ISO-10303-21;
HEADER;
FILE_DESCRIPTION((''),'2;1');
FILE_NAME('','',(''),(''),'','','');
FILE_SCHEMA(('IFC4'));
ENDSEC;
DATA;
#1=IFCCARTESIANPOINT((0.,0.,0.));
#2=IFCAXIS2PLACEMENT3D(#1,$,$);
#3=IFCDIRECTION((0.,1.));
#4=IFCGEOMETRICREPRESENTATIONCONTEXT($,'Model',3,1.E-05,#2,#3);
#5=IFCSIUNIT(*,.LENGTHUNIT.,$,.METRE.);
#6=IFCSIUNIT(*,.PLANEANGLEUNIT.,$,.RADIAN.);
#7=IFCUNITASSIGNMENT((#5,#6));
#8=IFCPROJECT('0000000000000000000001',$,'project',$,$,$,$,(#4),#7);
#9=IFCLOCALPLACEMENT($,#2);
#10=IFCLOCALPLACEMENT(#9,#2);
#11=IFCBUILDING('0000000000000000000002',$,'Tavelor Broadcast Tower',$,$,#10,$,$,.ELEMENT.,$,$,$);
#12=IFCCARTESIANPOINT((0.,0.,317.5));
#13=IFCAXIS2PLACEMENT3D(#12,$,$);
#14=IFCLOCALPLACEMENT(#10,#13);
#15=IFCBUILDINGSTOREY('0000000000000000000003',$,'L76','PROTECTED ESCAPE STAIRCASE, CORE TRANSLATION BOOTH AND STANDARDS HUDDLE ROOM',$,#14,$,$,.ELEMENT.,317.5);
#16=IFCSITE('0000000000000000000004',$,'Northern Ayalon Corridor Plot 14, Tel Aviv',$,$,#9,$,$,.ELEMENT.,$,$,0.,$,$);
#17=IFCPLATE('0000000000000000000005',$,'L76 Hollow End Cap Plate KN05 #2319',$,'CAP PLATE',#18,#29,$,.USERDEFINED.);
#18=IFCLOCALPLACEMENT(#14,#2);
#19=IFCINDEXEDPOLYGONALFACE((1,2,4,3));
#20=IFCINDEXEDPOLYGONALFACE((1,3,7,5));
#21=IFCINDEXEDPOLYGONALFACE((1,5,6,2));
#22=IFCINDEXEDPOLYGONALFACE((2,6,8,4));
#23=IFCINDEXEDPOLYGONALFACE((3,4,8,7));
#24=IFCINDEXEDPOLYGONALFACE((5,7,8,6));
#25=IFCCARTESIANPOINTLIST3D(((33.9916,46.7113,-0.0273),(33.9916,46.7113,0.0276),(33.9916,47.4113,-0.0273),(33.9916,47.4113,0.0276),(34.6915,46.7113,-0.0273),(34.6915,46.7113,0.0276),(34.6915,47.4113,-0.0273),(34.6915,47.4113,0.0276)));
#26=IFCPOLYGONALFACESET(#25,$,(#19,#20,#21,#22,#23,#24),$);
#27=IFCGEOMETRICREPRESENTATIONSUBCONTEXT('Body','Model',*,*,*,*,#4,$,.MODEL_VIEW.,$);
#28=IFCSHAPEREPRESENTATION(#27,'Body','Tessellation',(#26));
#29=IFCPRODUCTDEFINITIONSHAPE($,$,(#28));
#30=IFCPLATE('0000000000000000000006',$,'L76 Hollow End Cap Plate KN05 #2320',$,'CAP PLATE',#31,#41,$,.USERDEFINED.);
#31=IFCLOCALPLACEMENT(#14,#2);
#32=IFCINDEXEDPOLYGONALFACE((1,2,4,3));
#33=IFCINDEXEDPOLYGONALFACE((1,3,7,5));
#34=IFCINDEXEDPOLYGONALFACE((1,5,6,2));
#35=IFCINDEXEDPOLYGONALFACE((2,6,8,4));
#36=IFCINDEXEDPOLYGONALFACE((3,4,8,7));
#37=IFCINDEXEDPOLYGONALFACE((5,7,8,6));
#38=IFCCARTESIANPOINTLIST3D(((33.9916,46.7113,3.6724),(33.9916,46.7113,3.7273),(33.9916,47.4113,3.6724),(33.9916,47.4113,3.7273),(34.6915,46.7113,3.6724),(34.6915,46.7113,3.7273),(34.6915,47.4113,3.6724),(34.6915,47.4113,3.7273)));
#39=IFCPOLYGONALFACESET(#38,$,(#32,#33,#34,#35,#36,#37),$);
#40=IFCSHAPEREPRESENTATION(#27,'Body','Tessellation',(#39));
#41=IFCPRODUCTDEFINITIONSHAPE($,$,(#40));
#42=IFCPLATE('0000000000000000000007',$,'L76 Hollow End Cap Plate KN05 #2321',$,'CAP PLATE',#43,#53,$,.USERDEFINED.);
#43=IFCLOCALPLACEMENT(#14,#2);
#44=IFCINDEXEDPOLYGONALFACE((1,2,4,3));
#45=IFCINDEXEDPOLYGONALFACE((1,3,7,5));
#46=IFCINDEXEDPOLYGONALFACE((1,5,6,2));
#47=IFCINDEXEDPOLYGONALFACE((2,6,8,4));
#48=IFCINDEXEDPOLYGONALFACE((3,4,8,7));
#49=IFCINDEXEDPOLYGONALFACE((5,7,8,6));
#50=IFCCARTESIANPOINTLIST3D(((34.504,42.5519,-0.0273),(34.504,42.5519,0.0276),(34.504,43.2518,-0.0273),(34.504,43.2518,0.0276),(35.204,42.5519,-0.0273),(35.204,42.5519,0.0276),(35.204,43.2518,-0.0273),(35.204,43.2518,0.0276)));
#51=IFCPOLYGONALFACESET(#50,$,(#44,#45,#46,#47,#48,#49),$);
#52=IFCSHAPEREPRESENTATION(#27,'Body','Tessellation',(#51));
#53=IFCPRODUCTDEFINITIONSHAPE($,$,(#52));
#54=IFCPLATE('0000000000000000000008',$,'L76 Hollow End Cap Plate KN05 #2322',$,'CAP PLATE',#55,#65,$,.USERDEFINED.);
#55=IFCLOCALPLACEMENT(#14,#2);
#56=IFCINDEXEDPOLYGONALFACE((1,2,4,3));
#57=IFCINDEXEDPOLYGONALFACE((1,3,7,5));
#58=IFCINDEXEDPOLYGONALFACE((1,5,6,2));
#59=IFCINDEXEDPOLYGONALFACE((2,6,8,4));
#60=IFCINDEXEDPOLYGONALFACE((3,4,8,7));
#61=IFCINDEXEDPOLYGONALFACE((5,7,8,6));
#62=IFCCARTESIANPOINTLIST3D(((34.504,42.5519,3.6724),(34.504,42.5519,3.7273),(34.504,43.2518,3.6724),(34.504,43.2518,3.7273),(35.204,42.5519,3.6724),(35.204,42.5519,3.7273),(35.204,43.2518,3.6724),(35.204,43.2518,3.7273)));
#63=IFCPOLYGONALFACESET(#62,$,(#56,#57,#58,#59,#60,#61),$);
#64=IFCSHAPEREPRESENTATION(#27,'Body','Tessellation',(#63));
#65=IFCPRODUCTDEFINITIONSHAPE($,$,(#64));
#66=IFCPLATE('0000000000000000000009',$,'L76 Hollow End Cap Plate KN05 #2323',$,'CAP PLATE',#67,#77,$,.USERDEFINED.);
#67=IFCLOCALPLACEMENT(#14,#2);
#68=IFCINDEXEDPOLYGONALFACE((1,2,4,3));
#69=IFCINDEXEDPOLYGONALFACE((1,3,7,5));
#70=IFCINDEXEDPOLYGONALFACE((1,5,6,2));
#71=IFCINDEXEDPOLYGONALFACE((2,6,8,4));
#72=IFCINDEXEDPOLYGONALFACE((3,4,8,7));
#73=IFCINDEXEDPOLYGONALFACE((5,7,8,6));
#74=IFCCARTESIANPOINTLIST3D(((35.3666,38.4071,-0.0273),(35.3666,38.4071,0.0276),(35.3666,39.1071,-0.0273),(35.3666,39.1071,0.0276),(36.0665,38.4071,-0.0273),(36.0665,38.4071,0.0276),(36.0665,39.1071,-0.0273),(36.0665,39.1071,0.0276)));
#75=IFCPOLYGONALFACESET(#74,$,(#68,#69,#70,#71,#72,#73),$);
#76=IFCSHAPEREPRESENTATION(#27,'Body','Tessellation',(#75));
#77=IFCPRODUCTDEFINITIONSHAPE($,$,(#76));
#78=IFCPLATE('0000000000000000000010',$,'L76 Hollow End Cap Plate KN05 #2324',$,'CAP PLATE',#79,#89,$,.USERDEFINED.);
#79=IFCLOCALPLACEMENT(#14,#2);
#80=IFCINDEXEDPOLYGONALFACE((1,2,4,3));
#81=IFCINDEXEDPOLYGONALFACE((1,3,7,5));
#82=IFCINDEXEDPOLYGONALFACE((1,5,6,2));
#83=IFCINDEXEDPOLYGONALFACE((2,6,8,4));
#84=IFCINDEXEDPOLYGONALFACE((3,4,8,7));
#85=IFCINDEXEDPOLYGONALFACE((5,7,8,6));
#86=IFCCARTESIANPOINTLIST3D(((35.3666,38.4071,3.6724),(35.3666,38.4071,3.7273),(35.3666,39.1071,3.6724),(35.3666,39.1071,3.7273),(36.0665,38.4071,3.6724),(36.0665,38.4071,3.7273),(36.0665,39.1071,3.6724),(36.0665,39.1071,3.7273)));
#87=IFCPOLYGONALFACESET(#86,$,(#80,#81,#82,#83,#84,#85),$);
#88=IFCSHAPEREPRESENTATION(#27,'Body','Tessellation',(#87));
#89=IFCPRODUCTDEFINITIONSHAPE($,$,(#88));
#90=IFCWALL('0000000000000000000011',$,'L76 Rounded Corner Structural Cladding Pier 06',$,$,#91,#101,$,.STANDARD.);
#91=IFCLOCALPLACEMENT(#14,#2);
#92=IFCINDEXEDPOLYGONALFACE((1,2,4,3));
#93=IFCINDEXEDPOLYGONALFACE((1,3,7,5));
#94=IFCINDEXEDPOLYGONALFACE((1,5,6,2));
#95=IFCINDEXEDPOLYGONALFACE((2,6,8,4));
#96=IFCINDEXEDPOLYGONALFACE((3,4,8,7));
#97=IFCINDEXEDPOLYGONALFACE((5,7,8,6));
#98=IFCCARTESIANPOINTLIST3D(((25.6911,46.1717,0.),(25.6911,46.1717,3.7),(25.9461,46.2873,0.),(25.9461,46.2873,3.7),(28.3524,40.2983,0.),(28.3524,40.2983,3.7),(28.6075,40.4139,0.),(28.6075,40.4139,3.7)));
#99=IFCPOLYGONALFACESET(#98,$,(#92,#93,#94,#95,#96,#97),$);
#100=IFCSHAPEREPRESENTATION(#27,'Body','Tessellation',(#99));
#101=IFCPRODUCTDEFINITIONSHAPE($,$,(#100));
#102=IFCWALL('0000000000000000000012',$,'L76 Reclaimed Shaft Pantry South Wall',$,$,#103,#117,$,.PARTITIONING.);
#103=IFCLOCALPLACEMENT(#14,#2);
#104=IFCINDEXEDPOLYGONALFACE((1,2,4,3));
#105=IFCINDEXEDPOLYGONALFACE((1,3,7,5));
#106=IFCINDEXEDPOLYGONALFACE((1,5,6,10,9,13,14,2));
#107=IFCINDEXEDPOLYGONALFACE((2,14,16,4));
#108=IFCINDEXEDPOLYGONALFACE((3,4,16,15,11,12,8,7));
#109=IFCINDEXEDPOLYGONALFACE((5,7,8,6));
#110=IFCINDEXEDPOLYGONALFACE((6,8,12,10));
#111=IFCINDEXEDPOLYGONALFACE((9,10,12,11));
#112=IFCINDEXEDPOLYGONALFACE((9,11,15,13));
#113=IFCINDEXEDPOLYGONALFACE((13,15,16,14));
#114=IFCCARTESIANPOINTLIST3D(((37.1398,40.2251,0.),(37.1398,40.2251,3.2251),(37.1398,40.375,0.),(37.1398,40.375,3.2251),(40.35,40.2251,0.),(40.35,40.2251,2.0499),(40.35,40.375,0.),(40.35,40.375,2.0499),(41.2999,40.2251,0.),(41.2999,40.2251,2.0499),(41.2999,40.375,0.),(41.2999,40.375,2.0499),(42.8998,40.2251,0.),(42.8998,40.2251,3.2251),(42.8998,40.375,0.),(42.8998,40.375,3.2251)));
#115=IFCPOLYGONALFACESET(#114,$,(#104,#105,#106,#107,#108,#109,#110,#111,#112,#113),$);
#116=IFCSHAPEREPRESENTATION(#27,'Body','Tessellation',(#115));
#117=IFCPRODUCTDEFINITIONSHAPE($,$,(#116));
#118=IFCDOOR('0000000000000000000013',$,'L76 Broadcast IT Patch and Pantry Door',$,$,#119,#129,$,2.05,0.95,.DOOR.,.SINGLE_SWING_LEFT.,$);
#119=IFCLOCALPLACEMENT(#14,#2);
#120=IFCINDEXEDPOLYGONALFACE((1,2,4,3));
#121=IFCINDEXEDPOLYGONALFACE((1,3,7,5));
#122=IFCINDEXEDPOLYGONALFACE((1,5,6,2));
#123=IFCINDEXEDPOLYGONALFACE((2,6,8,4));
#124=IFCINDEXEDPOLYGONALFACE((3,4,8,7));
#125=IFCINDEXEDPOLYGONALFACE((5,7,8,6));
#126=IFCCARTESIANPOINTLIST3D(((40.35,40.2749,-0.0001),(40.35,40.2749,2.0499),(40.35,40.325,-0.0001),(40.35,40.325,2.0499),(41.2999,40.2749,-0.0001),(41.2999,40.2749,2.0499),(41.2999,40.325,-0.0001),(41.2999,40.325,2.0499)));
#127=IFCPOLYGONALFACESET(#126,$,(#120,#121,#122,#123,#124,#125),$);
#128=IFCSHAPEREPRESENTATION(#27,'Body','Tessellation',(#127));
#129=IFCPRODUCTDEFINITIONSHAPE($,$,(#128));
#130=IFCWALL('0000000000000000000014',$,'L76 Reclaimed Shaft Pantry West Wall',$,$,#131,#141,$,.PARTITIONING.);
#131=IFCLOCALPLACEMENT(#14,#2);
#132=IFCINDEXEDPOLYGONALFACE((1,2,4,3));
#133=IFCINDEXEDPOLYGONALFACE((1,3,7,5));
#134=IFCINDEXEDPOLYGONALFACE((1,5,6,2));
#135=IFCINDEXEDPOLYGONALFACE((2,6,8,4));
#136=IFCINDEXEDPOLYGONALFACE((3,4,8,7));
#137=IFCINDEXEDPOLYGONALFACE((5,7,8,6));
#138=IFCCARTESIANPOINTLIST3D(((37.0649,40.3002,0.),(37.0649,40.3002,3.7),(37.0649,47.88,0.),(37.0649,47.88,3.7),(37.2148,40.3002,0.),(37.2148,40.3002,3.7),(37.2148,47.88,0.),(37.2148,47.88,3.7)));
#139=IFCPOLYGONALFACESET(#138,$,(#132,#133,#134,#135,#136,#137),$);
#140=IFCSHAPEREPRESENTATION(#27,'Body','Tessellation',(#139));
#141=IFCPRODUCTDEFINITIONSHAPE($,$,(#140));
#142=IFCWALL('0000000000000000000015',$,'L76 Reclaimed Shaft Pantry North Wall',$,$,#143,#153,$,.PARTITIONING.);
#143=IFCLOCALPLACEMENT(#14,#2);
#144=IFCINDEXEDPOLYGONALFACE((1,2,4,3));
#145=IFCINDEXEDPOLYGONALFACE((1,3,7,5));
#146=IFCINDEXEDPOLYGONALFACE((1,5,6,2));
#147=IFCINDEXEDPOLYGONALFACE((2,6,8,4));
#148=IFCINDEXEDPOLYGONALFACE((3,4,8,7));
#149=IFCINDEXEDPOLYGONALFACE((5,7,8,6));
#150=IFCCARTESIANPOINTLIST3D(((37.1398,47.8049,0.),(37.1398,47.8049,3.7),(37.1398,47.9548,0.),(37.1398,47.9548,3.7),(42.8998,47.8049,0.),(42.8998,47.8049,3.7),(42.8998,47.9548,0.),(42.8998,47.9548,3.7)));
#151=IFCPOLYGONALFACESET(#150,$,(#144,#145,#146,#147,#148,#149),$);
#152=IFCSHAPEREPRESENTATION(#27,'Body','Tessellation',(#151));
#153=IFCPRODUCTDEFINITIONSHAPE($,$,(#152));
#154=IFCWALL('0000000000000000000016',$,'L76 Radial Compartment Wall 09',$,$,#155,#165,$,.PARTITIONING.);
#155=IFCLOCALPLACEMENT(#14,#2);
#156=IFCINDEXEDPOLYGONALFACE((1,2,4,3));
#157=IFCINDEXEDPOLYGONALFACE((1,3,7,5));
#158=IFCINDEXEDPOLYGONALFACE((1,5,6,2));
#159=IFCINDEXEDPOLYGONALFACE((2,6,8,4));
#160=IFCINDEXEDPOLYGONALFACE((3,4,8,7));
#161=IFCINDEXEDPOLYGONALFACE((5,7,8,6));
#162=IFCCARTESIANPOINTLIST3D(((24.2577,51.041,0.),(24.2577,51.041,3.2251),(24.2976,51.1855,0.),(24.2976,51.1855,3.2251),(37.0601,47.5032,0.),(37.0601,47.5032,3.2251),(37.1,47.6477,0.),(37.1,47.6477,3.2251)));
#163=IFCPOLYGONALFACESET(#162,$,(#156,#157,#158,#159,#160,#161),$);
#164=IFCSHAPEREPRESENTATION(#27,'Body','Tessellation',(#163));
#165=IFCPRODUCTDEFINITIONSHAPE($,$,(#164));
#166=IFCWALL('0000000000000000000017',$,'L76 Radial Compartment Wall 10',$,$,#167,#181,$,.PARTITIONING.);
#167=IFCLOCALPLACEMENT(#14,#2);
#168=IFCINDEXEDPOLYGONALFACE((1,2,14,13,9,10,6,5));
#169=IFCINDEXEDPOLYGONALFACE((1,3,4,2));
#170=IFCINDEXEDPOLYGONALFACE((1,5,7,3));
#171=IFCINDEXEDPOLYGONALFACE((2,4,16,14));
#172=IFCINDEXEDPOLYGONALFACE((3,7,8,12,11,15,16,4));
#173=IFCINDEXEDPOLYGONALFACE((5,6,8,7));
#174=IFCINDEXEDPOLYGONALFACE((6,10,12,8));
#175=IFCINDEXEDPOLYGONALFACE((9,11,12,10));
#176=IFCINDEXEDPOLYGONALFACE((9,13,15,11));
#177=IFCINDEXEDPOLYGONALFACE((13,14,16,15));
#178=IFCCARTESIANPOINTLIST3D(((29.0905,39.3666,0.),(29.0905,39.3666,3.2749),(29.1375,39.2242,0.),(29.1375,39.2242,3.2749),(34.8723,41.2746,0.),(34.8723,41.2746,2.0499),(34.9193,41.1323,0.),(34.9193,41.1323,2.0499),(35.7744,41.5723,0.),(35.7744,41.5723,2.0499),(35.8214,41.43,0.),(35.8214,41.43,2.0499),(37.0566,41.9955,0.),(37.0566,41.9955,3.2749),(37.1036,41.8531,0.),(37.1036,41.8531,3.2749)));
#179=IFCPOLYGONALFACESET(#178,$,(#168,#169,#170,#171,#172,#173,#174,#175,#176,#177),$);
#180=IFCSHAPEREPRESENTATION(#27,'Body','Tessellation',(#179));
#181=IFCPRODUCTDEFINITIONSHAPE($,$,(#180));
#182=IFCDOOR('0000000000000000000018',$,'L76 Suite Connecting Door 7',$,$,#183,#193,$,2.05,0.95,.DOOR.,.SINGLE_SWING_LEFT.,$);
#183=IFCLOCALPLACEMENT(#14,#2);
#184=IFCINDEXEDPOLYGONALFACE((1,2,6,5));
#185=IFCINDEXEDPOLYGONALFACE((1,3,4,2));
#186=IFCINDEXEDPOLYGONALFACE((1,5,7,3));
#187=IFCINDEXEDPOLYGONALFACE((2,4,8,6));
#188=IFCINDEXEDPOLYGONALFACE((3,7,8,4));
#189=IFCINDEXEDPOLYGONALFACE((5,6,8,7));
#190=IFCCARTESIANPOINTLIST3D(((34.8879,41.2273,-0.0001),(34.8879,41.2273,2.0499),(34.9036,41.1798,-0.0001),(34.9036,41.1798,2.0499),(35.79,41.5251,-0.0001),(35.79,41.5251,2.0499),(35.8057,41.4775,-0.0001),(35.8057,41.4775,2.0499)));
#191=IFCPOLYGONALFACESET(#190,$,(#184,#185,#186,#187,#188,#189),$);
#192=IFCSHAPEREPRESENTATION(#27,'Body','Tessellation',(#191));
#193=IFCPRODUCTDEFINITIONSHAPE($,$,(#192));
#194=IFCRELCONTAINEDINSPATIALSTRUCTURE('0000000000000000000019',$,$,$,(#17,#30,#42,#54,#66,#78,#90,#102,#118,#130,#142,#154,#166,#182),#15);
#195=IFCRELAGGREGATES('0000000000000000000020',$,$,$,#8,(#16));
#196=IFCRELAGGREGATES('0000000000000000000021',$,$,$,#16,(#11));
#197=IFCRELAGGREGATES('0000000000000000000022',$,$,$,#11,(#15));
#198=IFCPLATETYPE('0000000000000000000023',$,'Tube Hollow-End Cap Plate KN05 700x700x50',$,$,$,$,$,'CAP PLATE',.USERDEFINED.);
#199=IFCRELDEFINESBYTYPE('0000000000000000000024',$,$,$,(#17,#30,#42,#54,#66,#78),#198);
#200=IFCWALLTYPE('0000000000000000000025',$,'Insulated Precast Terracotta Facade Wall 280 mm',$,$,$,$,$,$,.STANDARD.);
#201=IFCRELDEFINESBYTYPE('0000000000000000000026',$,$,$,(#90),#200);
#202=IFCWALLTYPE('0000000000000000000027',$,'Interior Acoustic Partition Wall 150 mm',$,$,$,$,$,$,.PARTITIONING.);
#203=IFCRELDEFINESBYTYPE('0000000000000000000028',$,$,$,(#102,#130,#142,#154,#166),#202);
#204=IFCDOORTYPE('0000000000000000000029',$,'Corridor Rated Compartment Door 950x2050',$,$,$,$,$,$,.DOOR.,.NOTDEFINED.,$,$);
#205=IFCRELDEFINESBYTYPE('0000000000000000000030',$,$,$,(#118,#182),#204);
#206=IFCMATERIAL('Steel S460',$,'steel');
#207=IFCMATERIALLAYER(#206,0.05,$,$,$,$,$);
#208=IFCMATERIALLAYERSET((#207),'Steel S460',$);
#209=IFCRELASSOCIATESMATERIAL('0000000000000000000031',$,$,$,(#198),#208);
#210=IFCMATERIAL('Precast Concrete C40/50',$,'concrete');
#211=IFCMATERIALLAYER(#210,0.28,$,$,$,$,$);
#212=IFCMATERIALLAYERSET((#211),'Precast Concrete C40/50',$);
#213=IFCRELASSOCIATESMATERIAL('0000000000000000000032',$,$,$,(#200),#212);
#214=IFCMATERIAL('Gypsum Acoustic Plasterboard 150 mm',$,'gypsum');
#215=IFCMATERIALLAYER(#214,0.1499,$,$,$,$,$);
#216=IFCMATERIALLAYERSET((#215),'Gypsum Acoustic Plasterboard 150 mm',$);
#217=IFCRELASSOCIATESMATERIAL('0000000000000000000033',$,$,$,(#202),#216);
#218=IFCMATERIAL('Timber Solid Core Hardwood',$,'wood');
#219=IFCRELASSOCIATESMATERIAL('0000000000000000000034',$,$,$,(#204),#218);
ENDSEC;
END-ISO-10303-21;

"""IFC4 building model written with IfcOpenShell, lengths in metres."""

from ifc_helpers import new_model, si_unit, direction, frame, frame_2d, origin, origin_2d, place, context, subcontext, project, spatial, rectangle, extrude, source, transform, mapped, material, layer, layer_set, type_object, type_shapes, element, fill, save


model = new_model("IFC4")

# Units and contexts
model_context = context("Model", 3, precision=1e-05, world=origin(), true_north=direction((0.0, 1.0)))
body_context = subcontext(model_context, "Body", "Model", "MODEL_VIEW")
ifc_project = project(units=[si_unit("LENGTHUNIT", "METRE"), si_unit("PLANEANGLEUNIT", "RADIAN")], contexts=[model_context])

# Site, building, storey
site_placement = place(None, origin())
site = spatial("IfcSite", under=ifc_project, at=site_placement, Name="Northern Ayalon Corridor Plot 14, Tel Aviv", CompositionType="ELEMENT", RefElevation=0.0)
building_placement = place(site_placement, origin())
building = spatial("IfcBuilding", under=site, at=building_placement, Name="Tavelor Broadcast Tower", CompositionType="ELEMENT")
storey_placement = place(building_placement, frame((0.0, 0.0, 317.5)))
storey = spatial("IfcBuildingStorey", under=building, at=storey_placement, Name="L76", Description="PROTECTED ESCAPE STAIRCASE, CORE TRANSLATION BOOTH AND STANDARDS HUDDLE ROOM", CompositionType="ELEMENT", Elevation=317.5)

# Shared definitions
ifc_material_1 = material(Name="Steel S460", Category="steel")

# Plates
ifc_layer_1 = layer(ifc_material_1, 0.05)
ifc_layer_set_1 = layer_set([ifc_layer_1], Name="Steel S460")
plate_type = type_object("IfcPlateType", Name="Tube Hollow-End Cap Plate KN05 700x700x50", ElementType="CAP PLATE", PredefinedType="USERDEFINED", material=ifc_layer_set_1)
shared_shape_1 = source(origin(), body_context, "Body", "SweptSolid", [
    extrude(rectangle(XDim=0.7, YDim=0.7, at=origin_2d()), origin(), (0.0, 0.0, 1.0), 0.0549),
])
type_shapes(plate_type, [shared_shape_1])
for number, where, z_axis, x_axis, name in (
    (1, (34.3416, 47.0613, -0.0273), (0.0, 0.0, 1.0), (1.0, 0.0, 0.0), "L76 Hollow End Cap Plate KN05 #2319"),
    (2, (34.3416, 47.0613, 3.6724), (0.0, 0.0, 1.0), (1.0, 0.0, 0.0), "L76 Hollow End Cap Plate KN05 #2320"),
    (3, (34.854, 42.9019, -0.0273), (0.0, 0.0, 1.0), (1.0, 0.0, 0.0), "L76 Hollow End Cap Plate KN05 #2321"),
    (4, (34.854, 42.9019, 3.6724), (0.0, 0.0, 1.0), (1.0, 0.0, 0.0), "L76 Hollow End Cap Plate KN05 #2322"),
    (5, (35.7166, 38.7571, -0.0273), (0.0, 0.0, 1.0), (1.0, 0.0, 0.0), "L76 Hollow End Cap Plate KN05 #2323"),
    (6, (35.7166, 38.7571, 3.6724), (0.0, 0.0, 1.0), (1.0, 0.0, 0.0), "L76 Hollow End Cap Plate KN05 #2324"),
):
    element("IfcPlate", number, at=place(storey_placement, frame(where, z_axis=z_axis, x_axis=x_axis)), inside=storey, type_object=plate_type, Name=name, ObjectType="CAP PLATE", PredefinedType="USERDEFINED", context=body_context, shape_type="MappedRepresentation", body=[
        mapped(shared_shape_1, transform((0.0, 0.0, 0.0), scale=1.0)),
    ])

# Wall
ifc_material_2 = material(Name="Precast Concrete C40/50", Category="concrete")
ifc_layer_2 = layer(ifc_material_2, 0.28)
ifc_layer_set_2 = layer_set([ifc_layer_2], Name="Precast Concrete C40/50")
wall_type_1 = type_object("IfcWallType", Name="Insulated Precast Terracotta Facade Wall 280 mm", PredefinedType="STANDARD", material=ifc_layer_set_2)
wall_1_placement = place(storey_placement, frame((25.8186, 46.2295, 0.0), z_axis=(0.0, 0.0, 1.0), x_axis=(0.412722, -0.910857, 0.0)))
element("IfcWall", 7, at=wall_1_placement, inside=storey, type_object=wall_type_1, Name="L76 Rounded Corner Structural Cladding Pier 06", PredefinedType="STANDARD", context=body_context, shape_type="SweptSolid", body=[
    extrude(rectangle(XDim=6.4482, YDim=0.28, at=frame_2d((3.2241, 0.0))), origin(), (0.0, 0.0, 1.0), 3.7),
])

# Wall, opening, door
ifc_material_3 = material(Name="Gypsum Acoustic Plasterboard 150 mm", Category="gypsum")
ifc_layer_3 = layer(ifc_material_3, 0.1499)
ifc_layer_set_3 = layer_set([ifc_layer_3], Name="Gypsum Acoustic Plasterboard 150 mm")
wall_type_2 = type_object("IfcWallType", Name="Interior Acoustic Partition Wall 150 mm", PredefinedType="PARTITIONING", material=ifc_layer_set_3)
wall_2_placement = place(storey_placement, frame((37.1399, 40.3, 0.0), z_axis=(0.0, 0.0, 1.0), x_axis=(1.0, 0.0, 0.0)))
wall_2 = element("IfcWall", 8, at=wall_2_placement, inside=storey, type_object=wall_type_2, Name="L76 Reclaimed Shaft Pantry South Wall", PredefinedType="PARTITIONING", context=body_context, shape_type="SweptSolid", body=[
    extrude(rectangle(XDim=5.76, YDim=0.1499, at=frame_2d((2.8799, 0.0))), origin(), (0.0, 0.0, 1.0), 3.2251),
])
opening_1_placement = place(wall_2_placement, frame((3.21, 0.0, 0.0)))
opening_1 = element("IfcOpeningElement", 9, at=opening_1_placement, cuts=wall_2, PredefinedType="OPENING", context=body_context, shape_type="SweptSolid", body=[
    extrude(rectangle(XDim=0.95, YDim=2.05, at=frame_2d((0.4751, 1.0249))), frame((0.0, 0.085, 0.0), z_axis=(0.0, -1.0, 0.0), x_axis=(1.0, 0.0, 0.0)), (0.0, 0.0, 1.0), 0.1699),
])
ifc_material_4 = material(Name="Timber Solid Core Hardwood", Category="wood")
door_type = type_object("IfcDoorType", Name="Corridor Rated Compartment Door 950x2050", OperationType="NOTDEFINED", PredefinedType="DOOR", material=ifc_material_4)
door_1_placement = place(opening_1_placement, origin())
door_1 = element("IfcDoor", 10, at=door_1_placement, inside=storey, type_object=door_type, Name="L76 Broadcast IT Patch and Pantry Door", OperationType="SINGLE_SWING_LEFT", OverallHeight=2.05, OverallWidth=0.95, PredefinedType="DOOR", context=body_context, shape_type="SweptSolid", body=[
    extrude(rectangle(XDim=0.95, YDim=2.05, at=frame_2d((0.4751, 1.0249))), frame((0.0, 0.0249, 0.0), z_axis=(0.0, -1.0, 0.0), x_axis=(1.0, 0.0, 0.0)), (0.0, 0.0, 1.0), 0.05),
])
fill(opening_1, door_1)

# Walls
wall_3_placement = place(storey_placement, frame((37.1399, 40.3, 0.0), z_axis=(0.0, 0.0, 1.0), x_axis=(0.0, 1.0, 0.0)))
element("IfcWall", 11, at=wall_3_placement, inside=storey, type_object=wall_type_2, Name="L76 Reclaimed Shaft Pantry West Wall", PredefinedType="PARTITIONING", context=body_context, shape_type="SweptSolid", body=[
    extrude(rectangle(XDim=7.5798, YDim=0.1499, at=frame_2d((3.79, 0.0))), origin(), (0.0, 0.0, 1.0), 3.7),
])
wall_4_placement = place(storey_placement, frame((37.1399, 47.8799, 0.0), z_axis=(0.0, 0.0, 1.0), x_axis=(1.0, 0.0, 0.0)))
element("IfcWall", 12, at=wall_4_placement, inside=storey, type_object=wall_type_2, Name="L76 Reclaimed Shaft Pantry North Wall", PredefinedType="PARTITIONING", context=body_context, shape_type="SweptSolid", body=[
    extrude(rectangle(XDim=5.76, YDim=0.1499, at=frame_2d((2.8799, 0.0))), origin(), (0.0, 0.0, 1.0), 3.7),
])
wall_5_placement = place(storey_placement, frame((37.0801, 47.5754, 0.0), z_axis=(0.0, 0.0, 1.0), x_axis=(-0.963874, 0.266357, 0.0)))
element("IfcWall", 13, at=wall_5_placement, inside=storey, type_object=wall_type_2, Name="L76 Radial Compartment Wall 09", PredefinedType="PARTITIONING", context=body_context, shape_type="SweptSolid", body=[
    extrude(rectangle(XDim=13.2822, YDim=0.1499, at=frame_2d((6.6411, 0.0))), origin(), (0.0, 0.0, 1.0), 3.2251),
])

# Wall, opening, door
wall_6_placement = place(storey_placement, frame((37.0801, 41.9243, 0.0), z_axis=(0.0, 0.0, 1.0), x_axis=(-0.949625, -0.313389, 0.0)))
wall_6 = element("IfcWall", 14, at=wall_6_placement, inside=storey, type_object=wall_type_2, Name="L76 Radial Compartment Wall 10", PredefinedType="PARTITIONING", context=body_context, shape_type="SweptSolid", body=[
    extrude(rectangle(XDim=8.3887, YDim=0.1499, at=frame_2d((4.1943, 0.0))), origin(), (0.0, 0.0, 1.0), 3.2749),
])
opening_2_placement = place(wall_6_placement, frame((1.3501, 0.0, 0.0)))
opening_2 = element("IfcOpeningElement", 15, at=opening_2_placement, cuts=wall_6, PredefinedType="OPENING", context=body_context, shape_type="SweptSolid", body=[
    extrude(rectangle(XDim=0.95, YDim=2.05, at=frame_2d((0.4751, 1.0249))), frame((0.0, 0.085, 0.0), z_axis=(0.0, -1.0, 0.0), x_axis=(1.0, 0.0, 0.0)), (0.0, 0.0, 1.0), 0.1699),
])
door_2_placement = place(opening_2_placement, origin())
door_2 = element("IfcDoor", 16, at=door_2_placement, inside=storey, type_object=door_type, Name="L76 Suite Connecting Door 7", OperationType="SINGLE_SWING_LEFT", OverallHeight=2.05, OverallWidth=0.95, PredefinedType="DOOR", context=body_context, shape_type="SweptSolid", body=[
    extrude(rectangle(XDim=0.95, YDim=2.05, at=frame_2d((0.4751, 1.0249))), frame((0.0, 0.0249, 0.0), z_axis=(0.0, -1.0, 0.0), x_axis=(1.0, 0.0, 0.0)), (0.0, 0.0, 1.0), 0.05),
])
fill(opening_2, door_2)

save(model, "model.ifc")
